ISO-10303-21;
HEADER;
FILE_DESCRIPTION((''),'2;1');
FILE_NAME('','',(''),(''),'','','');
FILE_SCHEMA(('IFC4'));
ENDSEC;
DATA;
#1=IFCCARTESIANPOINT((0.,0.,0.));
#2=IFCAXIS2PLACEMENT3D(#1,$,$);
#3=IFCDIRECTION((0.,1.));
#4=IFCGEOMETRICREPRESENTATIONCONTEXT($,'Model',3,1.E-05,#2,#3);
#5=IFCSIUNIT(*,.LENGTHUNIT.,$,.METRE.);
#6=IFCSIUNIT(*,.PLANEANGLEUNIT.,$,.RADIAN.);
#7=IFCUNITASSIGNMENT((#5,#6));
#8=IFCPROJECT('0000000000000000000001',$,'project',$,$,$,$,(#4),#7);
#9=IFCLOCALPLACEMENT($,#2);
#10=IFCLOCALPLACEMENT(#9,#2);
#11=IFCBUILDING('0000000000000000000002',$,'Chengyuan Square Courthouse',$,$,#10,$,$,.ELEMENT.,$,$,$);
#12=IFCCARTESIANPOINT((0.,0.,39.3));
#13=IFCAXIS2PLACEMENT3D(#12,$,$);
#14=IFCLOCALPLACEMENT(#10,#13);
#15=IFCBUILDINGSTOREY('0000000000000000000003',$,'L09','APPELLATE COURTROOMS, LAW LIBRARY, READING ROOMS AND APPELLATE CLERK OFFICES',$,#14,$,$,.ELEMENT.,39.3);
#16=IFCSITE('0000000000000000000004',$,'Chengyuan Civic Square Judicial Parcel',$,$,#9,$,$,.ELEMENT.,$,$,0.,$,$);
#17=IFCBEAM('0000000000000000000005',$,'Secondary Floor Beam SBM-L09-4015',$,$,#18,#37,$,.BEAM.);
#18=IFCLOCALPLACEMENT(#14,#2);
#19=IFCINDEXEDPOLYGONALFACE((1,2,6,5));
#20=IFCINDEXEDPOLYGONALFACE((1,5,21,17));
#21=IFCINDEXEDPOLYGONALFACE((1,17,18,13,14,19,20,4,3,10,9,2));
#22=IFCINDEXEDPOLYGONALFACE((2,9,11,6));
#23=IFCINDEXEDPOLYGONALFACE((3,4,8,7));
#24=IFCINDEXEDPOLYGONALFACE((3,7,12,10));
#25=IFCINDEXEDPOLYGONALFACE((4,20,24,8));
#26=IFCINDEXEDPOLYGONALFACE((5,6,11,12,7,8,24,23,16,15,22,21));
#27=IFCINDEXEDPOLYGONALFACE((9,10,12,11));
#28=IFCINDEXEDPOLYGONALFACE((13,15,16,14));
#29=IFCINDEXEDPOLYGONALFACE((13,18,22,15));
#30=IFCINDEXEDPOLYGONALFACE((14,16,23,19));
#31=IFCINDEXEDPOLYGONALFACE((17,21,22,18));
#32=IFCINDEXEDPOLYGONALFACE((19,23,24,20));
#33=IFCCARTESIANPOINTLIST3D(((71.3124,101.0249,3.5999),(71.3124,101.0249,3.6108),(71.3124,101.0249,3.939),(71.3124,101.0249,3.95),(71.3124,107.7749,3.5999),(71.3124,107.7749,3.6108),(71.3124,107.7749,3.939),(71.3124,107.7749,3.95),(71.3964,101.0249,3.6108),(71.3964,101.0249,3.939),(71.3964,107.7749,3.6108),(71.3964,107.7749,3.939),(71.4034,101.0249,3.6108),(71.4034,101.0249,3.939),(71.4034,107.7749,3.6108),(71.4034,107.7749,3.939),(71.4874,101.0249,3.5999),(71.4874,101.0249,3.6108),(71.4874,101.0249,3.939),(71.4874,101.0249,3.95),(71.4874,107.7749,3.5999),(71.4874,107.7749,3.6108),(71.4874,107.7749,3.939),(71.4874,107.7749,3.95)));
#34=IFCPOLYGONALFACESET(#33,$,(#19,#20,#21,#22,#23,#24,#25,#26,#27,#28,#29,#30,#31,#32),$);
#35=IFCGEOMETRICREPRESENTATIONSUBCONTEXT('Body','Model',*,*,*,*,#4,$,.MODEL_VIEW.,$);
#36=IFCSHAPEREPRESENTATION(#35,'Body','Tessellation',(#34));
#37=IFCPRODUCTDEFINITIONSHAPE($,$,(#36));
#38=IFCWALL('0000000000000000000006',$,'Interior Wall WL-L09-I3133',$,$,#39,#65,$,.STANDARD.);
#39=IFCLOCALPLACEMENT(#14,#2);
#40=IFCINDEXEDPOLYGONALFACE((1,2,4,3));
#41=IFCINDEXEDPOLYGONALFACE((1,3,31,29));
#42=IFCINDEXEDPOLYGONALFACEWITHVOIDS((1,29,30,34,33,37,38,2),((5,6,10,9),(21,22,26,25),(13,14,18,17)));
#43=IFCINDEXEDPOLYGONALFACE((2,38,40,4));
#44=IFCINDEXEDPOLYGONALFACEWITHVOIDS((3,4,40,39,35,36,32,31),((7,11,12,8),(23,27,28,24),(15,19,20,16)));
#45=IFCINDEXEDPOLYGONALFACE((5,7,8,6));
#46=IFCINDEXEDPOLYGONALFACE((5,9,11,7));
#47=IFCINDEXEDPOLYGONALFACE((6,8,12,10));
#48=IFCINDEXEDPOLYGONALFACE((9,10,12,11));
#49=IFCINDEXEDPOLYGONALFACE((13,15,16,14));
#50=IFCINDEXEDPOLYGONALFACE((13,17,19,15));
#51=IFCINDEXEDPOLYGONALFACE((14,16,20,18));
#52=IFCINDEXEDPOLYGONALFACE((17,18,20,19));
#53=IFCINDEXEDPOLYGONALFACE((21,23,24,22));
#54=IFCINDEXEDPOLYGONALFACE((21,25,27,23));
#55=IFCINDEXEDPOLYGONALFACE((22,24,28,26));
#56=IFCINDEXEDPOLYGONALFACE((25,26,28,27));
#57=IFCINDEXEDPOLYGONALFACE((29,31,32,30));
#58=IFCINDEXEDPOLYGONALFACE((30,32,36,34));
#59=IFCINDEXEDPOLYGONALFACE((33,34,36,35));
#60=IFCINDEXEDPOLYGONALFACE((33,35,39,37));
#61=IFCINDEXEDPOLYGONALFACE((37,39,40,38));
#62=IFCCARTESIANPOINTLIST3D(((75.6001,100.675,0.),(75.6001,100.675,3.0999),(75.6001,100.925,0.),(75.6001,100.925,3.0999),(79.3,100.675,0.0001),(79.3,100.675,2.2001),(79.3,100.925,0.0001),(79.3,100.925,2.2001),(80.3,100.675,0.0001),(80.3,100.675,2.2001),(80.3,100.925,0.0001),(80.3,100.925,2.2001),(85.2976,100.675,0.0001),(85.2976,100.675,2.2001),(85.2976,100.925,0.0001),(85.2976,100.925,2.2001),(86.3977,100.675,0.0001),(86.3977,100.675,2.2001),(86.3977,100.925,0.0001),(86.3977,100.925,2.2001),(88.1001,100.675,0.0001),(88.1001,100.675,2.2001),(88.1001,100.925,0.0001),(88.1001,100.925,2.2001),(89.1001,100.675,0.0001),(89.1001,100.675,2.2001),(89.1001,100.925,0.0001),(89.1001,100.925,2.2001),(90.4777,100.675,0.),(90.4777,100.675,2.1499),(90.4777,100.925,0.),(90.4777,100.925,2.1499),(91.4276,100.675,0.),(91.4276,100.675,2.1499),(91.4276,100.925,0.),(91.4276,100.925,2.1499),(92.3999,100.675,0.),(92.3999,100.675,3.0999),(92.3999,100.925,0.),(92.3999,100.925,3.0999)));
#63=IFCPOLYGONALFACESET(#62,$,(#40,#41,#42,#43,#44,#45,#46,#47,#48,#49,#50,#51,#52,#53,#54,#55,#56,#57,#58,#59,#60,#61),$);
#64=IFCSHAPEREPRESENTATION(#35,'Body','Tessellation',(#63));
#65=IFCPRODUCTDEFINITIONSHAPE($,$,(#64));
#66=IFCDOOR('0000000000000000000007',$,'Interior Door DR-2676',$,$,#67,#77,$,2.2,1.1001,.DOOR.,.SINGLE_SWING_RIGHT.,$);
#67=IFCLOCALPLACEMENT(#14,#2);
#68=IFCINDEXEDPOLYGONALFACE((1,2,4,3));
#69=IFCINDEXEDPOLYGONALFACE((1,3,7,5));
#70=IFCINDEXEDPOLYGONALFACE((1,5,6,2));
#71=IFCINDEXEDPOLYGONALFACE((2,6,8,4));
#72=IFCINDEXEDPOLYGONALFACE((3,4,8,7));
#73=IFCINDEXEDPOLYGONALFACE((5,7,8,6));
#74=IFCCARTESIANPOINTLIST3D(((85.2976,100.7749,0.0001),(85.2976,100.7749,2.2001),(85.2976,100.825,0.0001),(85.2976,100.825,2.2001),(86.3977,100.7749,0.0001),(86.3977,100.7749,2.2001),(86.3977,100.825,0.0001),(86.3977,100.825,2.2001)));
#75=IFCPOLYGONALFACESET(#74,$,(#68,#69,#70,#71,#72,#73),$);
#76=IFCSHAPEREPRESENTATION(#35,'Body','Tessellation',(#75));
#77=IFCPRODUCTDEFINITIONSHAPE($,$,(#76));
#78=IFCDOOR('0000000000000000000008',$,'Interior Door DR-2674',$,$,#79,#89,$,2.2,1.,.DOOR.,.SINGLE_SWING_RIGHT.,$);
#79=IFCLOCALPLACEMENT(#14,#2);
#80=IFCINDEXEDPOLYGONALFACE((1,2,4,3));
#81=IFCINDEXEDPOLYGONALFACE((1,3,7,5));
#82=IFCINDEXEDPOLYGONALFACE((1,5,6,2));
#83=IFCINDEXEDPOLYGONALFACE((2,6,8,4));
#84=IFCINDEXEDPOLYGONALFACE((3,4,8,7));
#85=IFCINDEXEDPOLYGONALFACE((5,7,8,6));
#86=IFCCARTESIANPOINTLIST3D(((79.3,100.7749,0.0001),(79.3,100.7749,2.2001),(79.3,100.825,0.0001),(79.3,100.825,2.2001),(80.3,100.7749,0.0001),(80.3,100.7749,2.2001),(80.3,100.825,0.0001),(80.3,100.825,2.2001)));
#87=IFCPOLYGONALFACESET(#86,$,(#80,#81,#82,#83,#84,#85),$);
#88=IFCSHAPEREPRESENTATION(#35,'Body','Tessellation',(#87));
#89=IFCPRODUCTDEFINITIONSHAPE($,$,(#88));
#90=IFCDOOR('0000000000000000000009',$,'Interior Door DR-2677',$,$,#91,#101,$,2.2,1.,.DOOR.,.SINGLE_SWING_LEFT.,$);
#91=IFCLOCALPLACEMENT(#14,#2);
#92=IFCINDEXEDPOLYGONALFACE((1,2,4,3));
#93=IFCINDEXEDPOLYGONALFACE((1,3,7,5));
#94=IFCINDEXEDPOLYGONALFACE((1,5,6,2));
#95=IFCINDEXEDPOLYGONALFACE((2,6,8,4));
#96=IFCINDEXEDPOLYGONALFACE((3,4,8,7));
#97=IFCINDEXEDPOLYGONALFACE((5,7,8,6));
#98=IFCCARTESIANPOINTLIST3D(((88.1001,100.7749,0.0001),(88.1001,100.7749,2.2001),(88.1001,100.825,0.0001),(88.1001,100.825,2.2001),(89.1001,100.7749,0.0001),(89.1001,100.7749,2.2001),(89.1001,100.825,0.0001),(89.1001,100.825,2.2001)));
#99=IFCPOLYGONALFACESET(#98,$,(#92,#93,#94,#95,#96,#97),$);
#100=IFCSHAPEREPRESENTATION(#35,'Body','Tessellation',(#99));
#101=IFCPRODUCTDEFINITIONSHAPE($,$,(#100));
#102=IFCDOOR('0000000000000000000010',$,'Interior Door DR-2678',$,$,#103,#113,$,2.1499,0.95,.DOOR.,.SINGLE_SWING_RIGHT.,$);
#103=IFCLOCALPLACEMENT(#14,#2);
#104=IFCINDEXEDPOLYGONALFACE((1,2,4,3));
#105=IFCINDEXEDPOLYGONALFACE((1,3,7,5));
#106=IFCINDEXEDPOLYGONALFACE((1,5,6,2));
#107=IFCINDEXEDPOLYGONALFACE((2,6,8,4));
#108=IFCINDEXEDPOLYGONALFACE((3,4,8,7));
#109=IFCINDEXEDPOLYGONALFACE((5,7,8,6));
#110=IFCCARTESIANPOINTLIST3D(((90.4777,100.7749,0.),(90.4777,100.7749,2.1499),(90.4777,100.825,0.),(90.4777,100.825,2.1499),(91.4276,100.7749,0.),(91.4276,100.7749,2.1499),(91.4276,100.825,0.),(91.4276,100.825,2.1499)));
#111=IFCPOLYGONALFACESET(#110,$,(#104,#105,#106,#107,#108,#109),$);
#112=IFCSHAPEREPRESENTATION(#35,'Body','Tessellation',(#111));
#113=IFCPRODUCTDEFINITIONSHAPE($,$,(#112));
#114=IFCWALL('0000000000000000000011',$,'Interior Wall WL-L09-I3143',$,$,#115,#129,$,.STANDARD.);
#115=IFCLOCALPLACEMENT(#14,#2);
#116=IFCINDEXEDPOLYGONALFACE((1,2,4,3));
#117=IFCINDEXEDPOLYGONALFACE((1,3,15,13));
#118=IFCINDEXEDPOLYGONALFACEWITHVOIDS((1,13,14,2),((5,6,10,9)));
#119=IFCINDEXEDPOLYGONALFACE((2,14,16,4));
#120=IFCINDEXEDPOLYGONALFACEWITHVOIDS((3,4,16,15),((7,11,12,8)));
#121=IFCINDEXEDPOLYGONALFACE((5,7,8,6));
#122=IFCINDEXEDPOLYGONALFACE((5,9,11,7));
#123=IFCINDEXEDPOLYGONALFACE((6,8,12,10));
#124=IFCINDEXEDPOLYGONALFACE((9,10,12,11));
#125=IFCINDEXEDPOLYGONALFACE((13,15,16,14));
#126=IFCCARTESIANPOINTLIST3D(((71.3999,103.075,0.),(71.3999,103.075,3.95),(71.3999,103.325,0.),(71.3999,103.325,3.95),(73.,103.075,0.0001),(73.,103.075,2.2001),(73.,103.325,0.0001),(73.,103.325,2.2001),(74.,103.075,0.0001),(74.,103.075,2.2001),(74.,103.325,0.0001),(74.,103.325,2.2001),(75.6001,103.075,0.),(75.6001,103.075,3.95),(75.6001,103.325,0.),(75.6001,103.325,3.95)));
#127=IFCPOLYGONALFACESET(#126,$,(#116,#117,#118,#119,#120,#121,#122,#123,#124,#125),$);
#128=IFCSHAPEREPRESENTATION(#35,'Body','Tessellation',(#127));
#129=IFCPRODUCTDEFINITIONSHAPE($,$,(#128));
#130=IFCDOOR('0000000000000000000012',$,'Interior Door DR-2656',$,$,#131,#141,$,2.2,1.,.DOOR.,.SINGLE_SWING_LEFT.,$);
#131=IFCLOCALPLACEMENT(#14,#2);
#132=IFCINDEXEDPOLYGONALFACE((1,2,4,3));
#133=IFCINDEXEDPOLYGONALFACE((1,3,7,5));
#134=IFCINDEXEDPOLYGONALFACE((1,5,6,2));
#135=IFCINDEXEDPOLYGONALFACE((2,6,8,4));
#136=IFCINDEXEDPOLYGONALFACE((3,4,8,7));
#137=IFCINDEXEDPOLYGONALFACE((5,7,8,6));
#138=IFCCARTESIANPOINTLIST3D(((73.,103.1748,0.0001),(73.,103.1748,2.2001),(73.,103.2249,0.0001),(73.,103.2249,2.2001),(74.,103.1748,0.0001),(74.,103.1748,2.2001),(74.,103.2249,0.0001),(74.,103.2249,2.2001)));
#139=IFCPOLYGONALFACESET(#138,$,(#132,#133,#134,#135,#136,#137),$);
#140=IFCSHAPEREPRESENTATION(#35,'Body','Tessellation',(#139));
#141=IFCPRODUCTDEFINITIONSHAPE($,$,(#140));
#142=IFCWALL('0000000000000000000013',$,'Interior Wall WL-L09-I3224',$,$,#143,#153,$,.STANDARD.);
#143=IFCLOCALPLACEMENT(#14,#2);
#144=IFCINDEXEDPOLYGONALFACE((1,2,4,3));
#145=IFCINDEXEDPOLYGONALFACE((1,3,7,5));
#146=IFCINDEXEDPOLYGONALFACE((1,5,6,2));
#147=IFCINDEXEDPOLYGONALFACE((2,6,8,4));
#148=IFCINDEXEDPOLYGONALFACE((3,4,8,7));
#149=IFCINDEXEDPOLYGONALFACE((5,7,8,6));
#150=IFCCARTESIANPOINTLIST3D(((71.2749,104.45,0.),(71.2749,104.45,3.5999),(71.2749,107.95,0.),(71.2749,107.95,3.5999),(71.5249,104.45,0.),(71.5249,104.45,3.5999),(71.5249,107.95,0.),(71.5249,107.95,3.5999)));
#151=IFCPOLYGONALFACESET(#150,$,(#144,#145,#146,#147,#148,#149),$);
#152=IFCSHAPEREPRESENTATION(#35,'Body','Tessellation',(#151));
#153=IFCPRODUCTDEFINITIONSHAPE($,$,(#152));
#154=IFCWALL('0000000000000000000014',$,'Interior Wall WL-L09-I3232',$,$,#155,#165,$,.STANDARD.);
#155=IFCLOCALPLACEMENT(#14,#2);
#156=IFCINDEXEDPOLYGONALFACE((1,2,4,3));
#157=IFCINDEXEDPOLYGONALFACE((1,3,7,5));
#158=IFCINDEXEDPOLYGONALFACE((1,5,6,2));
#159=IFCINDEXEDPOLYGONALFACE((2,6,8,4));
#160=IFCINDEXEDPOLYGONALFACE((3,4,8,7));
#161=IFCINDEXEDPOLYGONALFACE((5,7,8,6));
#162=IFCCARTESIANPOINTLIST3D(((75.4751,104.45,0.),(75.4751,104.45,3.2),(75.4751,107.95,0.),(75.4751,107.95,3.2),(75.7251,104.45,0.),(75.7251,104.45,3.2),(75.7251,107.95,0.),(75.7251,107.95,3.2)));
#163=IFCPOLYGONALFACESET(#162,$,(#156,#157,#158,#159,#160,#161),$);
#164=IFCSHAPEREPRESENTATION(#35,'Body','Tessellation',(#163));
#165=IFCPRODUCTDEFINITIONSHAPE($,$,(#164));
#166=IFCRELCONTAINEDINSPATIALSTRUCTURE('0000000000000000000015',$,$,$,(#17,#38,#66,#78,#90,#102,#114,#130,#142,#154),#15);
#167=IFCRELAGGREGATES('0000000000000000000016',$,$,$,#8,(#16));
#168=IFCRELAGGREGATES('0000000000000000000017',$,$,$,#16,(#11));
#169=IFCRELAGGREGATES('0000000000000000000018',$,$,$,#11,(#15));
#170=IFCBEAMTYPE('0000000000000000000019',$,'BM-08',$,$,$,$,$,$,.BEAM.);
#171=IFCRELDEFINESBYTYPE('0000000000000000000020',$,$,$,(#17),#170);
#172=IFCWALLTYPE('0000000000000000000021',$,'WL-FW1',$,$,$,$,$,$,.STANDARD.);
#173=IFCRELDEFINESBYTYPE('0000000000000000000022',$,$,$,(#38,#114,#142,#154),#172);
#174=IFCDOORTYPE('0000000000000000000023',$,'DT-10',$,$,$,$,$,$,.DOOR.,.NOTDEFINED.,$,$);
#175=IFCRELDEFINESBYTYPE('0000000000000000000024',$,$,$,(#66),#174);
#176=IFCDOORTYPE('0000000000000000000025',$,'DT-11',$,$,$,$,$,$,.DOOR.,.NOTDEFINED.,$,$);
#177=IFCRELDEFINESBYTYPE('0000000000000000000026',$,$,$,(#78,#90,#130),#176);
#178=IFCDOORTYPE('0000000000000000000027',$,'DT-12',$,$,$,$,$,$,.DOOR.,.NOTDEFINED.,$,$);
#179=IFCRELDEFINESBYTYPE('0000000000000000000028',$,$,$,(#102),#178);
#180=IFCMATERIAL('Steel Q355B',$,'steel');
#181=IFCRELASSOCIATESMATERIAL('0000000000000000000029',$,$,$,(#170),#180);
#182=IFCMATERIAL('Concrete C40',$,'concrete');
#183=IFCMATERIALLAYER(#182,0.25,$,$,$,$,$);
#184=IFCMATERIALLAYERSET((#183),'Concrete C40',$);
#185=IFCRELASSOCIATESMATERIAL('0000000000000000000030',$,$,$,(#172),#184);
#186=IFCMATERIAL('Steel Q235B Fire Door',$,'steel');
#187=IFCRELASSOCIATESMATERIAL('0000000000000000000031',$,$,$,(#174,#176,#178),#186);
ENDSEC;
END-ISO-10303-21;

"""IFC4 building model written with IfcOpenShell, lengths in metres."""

from ifc_helpers import new_model, si_unit, direction, frame, frame_2d, origin, origin_2d, place, context, subcontext, project, spatial, rectangle, i_section, extrude, material, layer, layer_set, material_profile, profile_set, type_object, element, fill, save


model = new_model("IFC4")

# Units and contexts
model_context = context("Model", 3, precision=1e-05, world=origin(), true_north=direction((0.0, 1.0)))
body_context = subcontext(model_context, "Body", "Model", "MODEL_VIEW")
ifc_project = project(units=[si_unit("LENGTHUNIT", "METRE"), si_unit("PLANEANGLEUNIT", "RADIAN")], contexts=[model_context])

# Site, building, storey
site_placement = place(None, origin())
site = spatial("IfcSite", under=ifc_project, at=site_placement, Name="Chengyuan Civic Square Judicial Parcel", CompositionType="ELEMENT", RefElevation=0.0)
building_placement = place(site_placement, origin())
building = spatial("IfcBuilding", under=site, at=building_placement, Name="Chengyuan Square Courthouse", CompositionType="ELEMENT")
storey_placement = place(building_placement, frame((0.0, 0.0, 39.3)))
storey = spatial("IfcBuildingStorey", under=building, at=storey_placement, Name="L09", Description="APPELLATE COURTROOMS, LAW LIBRARY, READING ROOMS AND APPELLATE CLERK OFFICES", CompositionType="ELEMENT", Elevation=39.3)

# Beam
ifc_material_1 = material(Name="Steel Q355B", Category="steel")
ifc_material_profile = material_profile(ifc_material_1, i_section(OverallWidth=0.175, OverallDepth=0.3501, WebThickness=0.0071, FlangeThickness=0.011, at=origin_2d()), Name="HN 350x175x7x11")
ifc_profile_set = profile_set([ifc_material_profile], Name="Steel Q355B")
beam_type = type_object("IfcBeamType", Name="BM-08", PredefinedType="BEAM", material=ifc_profile_set)
beam_placement = place(storey_placement, frame((71.3999, 101.0249, 3.7749), z_axis=(0.0, 1.0, 0.0), x_axis=(-1.0, 0.0, 0.0)))
element("IfcBeam", 1, at=beam_placement, inside=storey, type_object=beam_type, Name="Secondary Floor Beam SBM-L09-4015", PredefinedType="BEAM", context=body_context, shape_type="SweptSolid", body=[
    extrude(i_section(OverallWidth=0.175, OverallDepth=0.3501, WebThickness=0.0071, FlangeThickness=0.011, at=origin_2d()), origin(), (0.0, 0.0, 1.0), 6.75),
])

# Wall, openings, doors
ifc_material_2 = material(Name="Concrete C40", Category="concrete")
ifc_layer_1 = layer(ifc_material_2, 0.25)
ifc_layer_set_1 = layer_set([ifc_layer_1], Name="Concrete C40")
wall_type_1 = type_object("IfcWallType", Name="WL-FW1", PredefinedType="STANDARD", material=ifc_layer_set_1)
wall_1_placement = place(storey_placement, frame((75.6001, 100.8, 0.0), z_axis=(0.0, 0.0, 1.0), x_axis=(1.0, 0.0, 0.0)))
wall_1 = element("IfcWall", 2, at=wall_1_placement, inside=storey, type_object=wall_type_1, Name="Interior Wall WL-L09-I3133", PredefinedType="STANDARD", context=body_context, shape_type="SweptSolid", body=[
    extrude(rectangle(XDim=16.7998, YDim=0.25, at=frame_2d((8.3999, 0.0))), origin(), (0.0, 0.0, 1.0), 3.0999),
])
opening_1_placement = place(wall_1_placement, frame((3.7, 0.0, 0.0)))
opening_1 = element("IfcOpeningElement", 3, at=opening_1_placement, cuts=wall_1, PredefinedType="OPENING", context=body_context, shape_type="SweptSolid", body=[
    extrude(rectangle(XDim=1.0, YDim=2.2, at=frame_2d((0.5, 1.1001))), frame((0.0, 0.137, 0.0), z_axis=(0.0, -1.0, 0.0), x_axis=(1.0, 0.0, 0.0)), (0.0, 0.0, 1.0), 0.2739),
])
opening_2_placement = place(wall_1_placement, frame((9.6975, 0.0, 0.0)))
opening_2 = element("IfcOpeningElement", 4, at=opening_2_placement, cuts=wall_1, PredefinedType="OPENING", context=body_context, shape_type="SweptSolid", body=[
    extrude(rectangle(XDim=1.1001, YDim=2.2, at=frame_2d((0.55, 1.1001))), frame((0.0, 0.137, 0.0), z_axis=(0.0, -1.0, 0.0), x_axis=(1.0, 0.0, 0.0)), (0.0, 0.0, 1.0), 0.2739),
])
opening_3_placement = place(wall_1_placement, frame((12.5, 0.0, 0.0)))
opening_3 = element("IfcOpeningElement", 5, at=opening_3_placement, cuts=wall_1, PredefinedType="OPENING", context=body_context, shape_type="SweptSolid", body=[
    extrude(rectangle(XDim=1.0, YDim=2.2, at=frame_2d((0.5, 1.1001))), frame((0.0, 0.137, 0.0), z_axis=(0.0, -1.0, 0.0), x_axis=(1.0, 0.0, 0.0)), (0.0, 0.0, 1.0), 0.2739),
])
opening_4_placement = place(wall_1_placement, frame((14.8774, 0.0, 0.0)))
opening_4 = element("IfcOpeningElement", 6, at=opening_4_placement, cuts=wall_1, PredefinedType="OPENING", context=body_context, shape_type="SweptSolid", body=[
    extrude(rectangle(XDim=0.95, YDim=2.1499, at=frame_2d((0.4751, 1.075))), frame((0.0, 0.137, 0.0), z_axis=(0.0, -1.0, 0.0), x_axis=(1.0, 0.0, 0.0)), (0.0, 0.0, 1.0), 0.2739),
])
ifc_material_3 = material(Name="Steel Q235B Fire Door", Category="steel")
door_type_1 = type_object("IfcDoorType", Name="DT-10", OperationType="NOTDEFINED", PredefinedType="DOOR", material=ifc_material_3)
door_1_placement = place(opening_2_placement, origin())
door_1 = element("IfcDoor", 7, at=door_1_placement, inside=storey, type_object=door_type_1, Name="Interior Door DR-2676", OperationType="SINGLE_SWING_RIGHT", OverallHeight=2.2, OverallWidth=1.1001, PredefinedType="DOOR", context=body_context, shape_type="SweptSolid", body=[
    extrude(rectangle(XDim=1.1001, YDim=2.2, at=frame_2d((0.55, 1.1001))), frame((0.0, 0.0249, 0.0), z_axis=(0.0, -1.0, 0.0), x_axis=(1.0, 0.0, 0.0)), (0.0, 0.0, 1.0), 0.05),
])
fill(opening_2, door_1)
door_type_2 = type_object("IfcDoorType", Name="DT-11", OperationType="NOTDEFINED", PredefinedType="DOOR", material=ifc_material_3)
door_2_placement = place(opening_1_placement, origin())
door_2 = element("IfcDoor", 8, at=door_2_placement, inside=storey, type_object=door_type_2, Name="Interior Door DR-2674", OperationType="SINGLE_SWING_RIGHT", OverallHeight=2.2, OverallWidth=1.0, PredefinedType="DOOR", context=body_context, shape_type="SweptSolid", body=[
    extrude(rectangle(XDim=1.0, YDim=2.2, at=frame_2d((0.5, 1.1001))), frame((0.0, 0.0249, 0.0), z_axis=(0.0, -1.0, 0.0), x_axis=(1.0, 0.0, 0.0)), (0.0, 0.0, 1.0), 0.05),
])
fill(opening_1, door_2)
door_3_placement = place(opening_3_placement, origin())
door_3 = element("IfcDoor", 9, at=door_3_placement, inside=storey, type_object=door_type_2, Name="Interior Door DR-2677", OperationType="SINGLE_SWING_LEFT", OverallHeight=2.2, OverallWidth=1.0, PredefinedType="DOOR", context=body_context, shape_type="SweptSolid", body=[
    extrude(rectangle(XDim=1.0, YDim=2.2, at=frame_2d((0.5, 1.1001))), frame((0.0, 0.0249, 0.0), z_axis=(0.0, -1.0, 0.0), x_axis=(1.0, 0.0, 0.0)), (0.0, 0.0, 1.0), 0.05),
])
fill(opening_3, door_3)
door_type_3 = type_object("IfcDoorType", Name="DT-12", OperationType="NOTDEFINED", PredefinedType="DOOR", material=ifc_material_3)
door_4_placement = place(opening_4_placement, origin())
door_4 = element("IfcDoor", 10, at=door_4_placement, inside=storey, type_object=door_type_3, Name="Interior Door DR-2678", OperationType="SINGLE_SWING_RIGHT", OverallHeight=2.1499, OverallWidth=0.95, PredefinedType="DOOR", context=body_context, shape_type="SweptSolid", body=[
    extrude(rectangle(XDim=0.95, YDim=2.1499, at=frame_2d((0.4751, 1.075))), frame((0.0, 0.0249, 0.0), z_axis=(0.0, -1.0, 0.0), x_axis=(1.0, 0.0, 0.0)), (0.0, 0.0, 1.0), 0.05),
])
fill(opening_4, door_4)

# Wall, opening, door
wall_2_placement = place(storey_placement, frame((71.3999, 103.2, 0.0), z_axis=(0.0, 0.0, 1.0), x_axis=(1.0, 0.0, 0.0)))
wall_2 = element("IfcWall", 11, at=wall_2_placement, inside=storey, type_object=wall_type_1, Name="Interior Wall WL-L09-I3143", PredefinedType="STANDARD", context=body_context, shape_type="SweptSolid", body=[
    extrude(rectangle(XDim=4.2002, YDim=0.25, at=frame_2d((2.1001, 0.0))), origin(), (0.0, 0.0, 1.0), 3.95),
])
opening_5_placement = place(wall_2_placement, frame((1.6001, 0.0, 0.0)))
opening_5 = element("IfcOpeningElement", 12, at=opening_5_placement, cuts=wall_2, PredefinedType="OPENING", context=body_context, shape_type="SweptSolid", body=[
    extrude(rectangle(XDim=1.0, YDim=2.2, at=frame_2d((0.5, 1.1001))), frame((0.0, 0.137, 0.0), z_axis=(0.0, -1.0, 0.0), x_axis=(1.0, 0.0, 0.0)), (0.0, 0.0, 1.0), 0.2739),
])
door_5_placement = place(opening_5_placement, origin())
door_5 = element("IfcDoor", 13, at=door_5_placement, inside=storey, type_object=door_type_2, Name="Interior Door DR-2656", OperationType="SINGLE_SWING_LEFT", OverallHeight=2.2, OverallWidth=1.0, PredefinedType="DOOR", context=body_context, shape_type="SweptSolid", body=[
    extrude(rectangle(XDim=1.0, YDim=2.2, at=frame_2d((0.5, 1.1001))), frame((0.0, 0.0249, 0.0), z_axis=(0.0, -1.0, 0.0), x_axis=(1.0, 0.0, 0.0)), (0.0, 0.0, 1.0), 0.05),
])
fill(opening_5, door_5)

# Wall
wall_3_placement = place(storey_placement, frame((71.3999, 104.45, 0.0), z_axis=(0.0, 0.0, 1.0), x_axis=(0.0, 1.0, 0.0)))
element("IfcWall", 14, at=wall_3_placement, inside=storey, type_object=wall_type_1, Name="Interior Wall WL-L09-I3224", PredefinedType="STANDARD", context=body_context, shape_type="SweptSolid", body=[
    extrude(rectangle(XDim=3.5, YDim=0.25, at=frame_2d((1.75, 0.0))), origin(), (0.0, 0.0, 1.0), 3.5999),
])

# Wall
wall_4_placement = place(storey_placement, frame((75.6001, 104.45, 0.0), z_axis=(0.0, 0.0, 1.0), x_axis=(0.0, 1.0, 0.0)))
element("IfcWall", 15, at=wall_4_placement, inside=storey, type_object=wall_type_1, Name="Interior Wall WL-L09-I3232", PredefinedType="STANDARD", context=body_context, shape_type="SweptSolid", body=[
    extrude(rectangle(XDim=3.5, YDim=0.25, at=frame_2d((1.75, 0.0))), origin(), (0.0, 0.0, 1.0), 3.2),
])

save(model, "model.ifc")
